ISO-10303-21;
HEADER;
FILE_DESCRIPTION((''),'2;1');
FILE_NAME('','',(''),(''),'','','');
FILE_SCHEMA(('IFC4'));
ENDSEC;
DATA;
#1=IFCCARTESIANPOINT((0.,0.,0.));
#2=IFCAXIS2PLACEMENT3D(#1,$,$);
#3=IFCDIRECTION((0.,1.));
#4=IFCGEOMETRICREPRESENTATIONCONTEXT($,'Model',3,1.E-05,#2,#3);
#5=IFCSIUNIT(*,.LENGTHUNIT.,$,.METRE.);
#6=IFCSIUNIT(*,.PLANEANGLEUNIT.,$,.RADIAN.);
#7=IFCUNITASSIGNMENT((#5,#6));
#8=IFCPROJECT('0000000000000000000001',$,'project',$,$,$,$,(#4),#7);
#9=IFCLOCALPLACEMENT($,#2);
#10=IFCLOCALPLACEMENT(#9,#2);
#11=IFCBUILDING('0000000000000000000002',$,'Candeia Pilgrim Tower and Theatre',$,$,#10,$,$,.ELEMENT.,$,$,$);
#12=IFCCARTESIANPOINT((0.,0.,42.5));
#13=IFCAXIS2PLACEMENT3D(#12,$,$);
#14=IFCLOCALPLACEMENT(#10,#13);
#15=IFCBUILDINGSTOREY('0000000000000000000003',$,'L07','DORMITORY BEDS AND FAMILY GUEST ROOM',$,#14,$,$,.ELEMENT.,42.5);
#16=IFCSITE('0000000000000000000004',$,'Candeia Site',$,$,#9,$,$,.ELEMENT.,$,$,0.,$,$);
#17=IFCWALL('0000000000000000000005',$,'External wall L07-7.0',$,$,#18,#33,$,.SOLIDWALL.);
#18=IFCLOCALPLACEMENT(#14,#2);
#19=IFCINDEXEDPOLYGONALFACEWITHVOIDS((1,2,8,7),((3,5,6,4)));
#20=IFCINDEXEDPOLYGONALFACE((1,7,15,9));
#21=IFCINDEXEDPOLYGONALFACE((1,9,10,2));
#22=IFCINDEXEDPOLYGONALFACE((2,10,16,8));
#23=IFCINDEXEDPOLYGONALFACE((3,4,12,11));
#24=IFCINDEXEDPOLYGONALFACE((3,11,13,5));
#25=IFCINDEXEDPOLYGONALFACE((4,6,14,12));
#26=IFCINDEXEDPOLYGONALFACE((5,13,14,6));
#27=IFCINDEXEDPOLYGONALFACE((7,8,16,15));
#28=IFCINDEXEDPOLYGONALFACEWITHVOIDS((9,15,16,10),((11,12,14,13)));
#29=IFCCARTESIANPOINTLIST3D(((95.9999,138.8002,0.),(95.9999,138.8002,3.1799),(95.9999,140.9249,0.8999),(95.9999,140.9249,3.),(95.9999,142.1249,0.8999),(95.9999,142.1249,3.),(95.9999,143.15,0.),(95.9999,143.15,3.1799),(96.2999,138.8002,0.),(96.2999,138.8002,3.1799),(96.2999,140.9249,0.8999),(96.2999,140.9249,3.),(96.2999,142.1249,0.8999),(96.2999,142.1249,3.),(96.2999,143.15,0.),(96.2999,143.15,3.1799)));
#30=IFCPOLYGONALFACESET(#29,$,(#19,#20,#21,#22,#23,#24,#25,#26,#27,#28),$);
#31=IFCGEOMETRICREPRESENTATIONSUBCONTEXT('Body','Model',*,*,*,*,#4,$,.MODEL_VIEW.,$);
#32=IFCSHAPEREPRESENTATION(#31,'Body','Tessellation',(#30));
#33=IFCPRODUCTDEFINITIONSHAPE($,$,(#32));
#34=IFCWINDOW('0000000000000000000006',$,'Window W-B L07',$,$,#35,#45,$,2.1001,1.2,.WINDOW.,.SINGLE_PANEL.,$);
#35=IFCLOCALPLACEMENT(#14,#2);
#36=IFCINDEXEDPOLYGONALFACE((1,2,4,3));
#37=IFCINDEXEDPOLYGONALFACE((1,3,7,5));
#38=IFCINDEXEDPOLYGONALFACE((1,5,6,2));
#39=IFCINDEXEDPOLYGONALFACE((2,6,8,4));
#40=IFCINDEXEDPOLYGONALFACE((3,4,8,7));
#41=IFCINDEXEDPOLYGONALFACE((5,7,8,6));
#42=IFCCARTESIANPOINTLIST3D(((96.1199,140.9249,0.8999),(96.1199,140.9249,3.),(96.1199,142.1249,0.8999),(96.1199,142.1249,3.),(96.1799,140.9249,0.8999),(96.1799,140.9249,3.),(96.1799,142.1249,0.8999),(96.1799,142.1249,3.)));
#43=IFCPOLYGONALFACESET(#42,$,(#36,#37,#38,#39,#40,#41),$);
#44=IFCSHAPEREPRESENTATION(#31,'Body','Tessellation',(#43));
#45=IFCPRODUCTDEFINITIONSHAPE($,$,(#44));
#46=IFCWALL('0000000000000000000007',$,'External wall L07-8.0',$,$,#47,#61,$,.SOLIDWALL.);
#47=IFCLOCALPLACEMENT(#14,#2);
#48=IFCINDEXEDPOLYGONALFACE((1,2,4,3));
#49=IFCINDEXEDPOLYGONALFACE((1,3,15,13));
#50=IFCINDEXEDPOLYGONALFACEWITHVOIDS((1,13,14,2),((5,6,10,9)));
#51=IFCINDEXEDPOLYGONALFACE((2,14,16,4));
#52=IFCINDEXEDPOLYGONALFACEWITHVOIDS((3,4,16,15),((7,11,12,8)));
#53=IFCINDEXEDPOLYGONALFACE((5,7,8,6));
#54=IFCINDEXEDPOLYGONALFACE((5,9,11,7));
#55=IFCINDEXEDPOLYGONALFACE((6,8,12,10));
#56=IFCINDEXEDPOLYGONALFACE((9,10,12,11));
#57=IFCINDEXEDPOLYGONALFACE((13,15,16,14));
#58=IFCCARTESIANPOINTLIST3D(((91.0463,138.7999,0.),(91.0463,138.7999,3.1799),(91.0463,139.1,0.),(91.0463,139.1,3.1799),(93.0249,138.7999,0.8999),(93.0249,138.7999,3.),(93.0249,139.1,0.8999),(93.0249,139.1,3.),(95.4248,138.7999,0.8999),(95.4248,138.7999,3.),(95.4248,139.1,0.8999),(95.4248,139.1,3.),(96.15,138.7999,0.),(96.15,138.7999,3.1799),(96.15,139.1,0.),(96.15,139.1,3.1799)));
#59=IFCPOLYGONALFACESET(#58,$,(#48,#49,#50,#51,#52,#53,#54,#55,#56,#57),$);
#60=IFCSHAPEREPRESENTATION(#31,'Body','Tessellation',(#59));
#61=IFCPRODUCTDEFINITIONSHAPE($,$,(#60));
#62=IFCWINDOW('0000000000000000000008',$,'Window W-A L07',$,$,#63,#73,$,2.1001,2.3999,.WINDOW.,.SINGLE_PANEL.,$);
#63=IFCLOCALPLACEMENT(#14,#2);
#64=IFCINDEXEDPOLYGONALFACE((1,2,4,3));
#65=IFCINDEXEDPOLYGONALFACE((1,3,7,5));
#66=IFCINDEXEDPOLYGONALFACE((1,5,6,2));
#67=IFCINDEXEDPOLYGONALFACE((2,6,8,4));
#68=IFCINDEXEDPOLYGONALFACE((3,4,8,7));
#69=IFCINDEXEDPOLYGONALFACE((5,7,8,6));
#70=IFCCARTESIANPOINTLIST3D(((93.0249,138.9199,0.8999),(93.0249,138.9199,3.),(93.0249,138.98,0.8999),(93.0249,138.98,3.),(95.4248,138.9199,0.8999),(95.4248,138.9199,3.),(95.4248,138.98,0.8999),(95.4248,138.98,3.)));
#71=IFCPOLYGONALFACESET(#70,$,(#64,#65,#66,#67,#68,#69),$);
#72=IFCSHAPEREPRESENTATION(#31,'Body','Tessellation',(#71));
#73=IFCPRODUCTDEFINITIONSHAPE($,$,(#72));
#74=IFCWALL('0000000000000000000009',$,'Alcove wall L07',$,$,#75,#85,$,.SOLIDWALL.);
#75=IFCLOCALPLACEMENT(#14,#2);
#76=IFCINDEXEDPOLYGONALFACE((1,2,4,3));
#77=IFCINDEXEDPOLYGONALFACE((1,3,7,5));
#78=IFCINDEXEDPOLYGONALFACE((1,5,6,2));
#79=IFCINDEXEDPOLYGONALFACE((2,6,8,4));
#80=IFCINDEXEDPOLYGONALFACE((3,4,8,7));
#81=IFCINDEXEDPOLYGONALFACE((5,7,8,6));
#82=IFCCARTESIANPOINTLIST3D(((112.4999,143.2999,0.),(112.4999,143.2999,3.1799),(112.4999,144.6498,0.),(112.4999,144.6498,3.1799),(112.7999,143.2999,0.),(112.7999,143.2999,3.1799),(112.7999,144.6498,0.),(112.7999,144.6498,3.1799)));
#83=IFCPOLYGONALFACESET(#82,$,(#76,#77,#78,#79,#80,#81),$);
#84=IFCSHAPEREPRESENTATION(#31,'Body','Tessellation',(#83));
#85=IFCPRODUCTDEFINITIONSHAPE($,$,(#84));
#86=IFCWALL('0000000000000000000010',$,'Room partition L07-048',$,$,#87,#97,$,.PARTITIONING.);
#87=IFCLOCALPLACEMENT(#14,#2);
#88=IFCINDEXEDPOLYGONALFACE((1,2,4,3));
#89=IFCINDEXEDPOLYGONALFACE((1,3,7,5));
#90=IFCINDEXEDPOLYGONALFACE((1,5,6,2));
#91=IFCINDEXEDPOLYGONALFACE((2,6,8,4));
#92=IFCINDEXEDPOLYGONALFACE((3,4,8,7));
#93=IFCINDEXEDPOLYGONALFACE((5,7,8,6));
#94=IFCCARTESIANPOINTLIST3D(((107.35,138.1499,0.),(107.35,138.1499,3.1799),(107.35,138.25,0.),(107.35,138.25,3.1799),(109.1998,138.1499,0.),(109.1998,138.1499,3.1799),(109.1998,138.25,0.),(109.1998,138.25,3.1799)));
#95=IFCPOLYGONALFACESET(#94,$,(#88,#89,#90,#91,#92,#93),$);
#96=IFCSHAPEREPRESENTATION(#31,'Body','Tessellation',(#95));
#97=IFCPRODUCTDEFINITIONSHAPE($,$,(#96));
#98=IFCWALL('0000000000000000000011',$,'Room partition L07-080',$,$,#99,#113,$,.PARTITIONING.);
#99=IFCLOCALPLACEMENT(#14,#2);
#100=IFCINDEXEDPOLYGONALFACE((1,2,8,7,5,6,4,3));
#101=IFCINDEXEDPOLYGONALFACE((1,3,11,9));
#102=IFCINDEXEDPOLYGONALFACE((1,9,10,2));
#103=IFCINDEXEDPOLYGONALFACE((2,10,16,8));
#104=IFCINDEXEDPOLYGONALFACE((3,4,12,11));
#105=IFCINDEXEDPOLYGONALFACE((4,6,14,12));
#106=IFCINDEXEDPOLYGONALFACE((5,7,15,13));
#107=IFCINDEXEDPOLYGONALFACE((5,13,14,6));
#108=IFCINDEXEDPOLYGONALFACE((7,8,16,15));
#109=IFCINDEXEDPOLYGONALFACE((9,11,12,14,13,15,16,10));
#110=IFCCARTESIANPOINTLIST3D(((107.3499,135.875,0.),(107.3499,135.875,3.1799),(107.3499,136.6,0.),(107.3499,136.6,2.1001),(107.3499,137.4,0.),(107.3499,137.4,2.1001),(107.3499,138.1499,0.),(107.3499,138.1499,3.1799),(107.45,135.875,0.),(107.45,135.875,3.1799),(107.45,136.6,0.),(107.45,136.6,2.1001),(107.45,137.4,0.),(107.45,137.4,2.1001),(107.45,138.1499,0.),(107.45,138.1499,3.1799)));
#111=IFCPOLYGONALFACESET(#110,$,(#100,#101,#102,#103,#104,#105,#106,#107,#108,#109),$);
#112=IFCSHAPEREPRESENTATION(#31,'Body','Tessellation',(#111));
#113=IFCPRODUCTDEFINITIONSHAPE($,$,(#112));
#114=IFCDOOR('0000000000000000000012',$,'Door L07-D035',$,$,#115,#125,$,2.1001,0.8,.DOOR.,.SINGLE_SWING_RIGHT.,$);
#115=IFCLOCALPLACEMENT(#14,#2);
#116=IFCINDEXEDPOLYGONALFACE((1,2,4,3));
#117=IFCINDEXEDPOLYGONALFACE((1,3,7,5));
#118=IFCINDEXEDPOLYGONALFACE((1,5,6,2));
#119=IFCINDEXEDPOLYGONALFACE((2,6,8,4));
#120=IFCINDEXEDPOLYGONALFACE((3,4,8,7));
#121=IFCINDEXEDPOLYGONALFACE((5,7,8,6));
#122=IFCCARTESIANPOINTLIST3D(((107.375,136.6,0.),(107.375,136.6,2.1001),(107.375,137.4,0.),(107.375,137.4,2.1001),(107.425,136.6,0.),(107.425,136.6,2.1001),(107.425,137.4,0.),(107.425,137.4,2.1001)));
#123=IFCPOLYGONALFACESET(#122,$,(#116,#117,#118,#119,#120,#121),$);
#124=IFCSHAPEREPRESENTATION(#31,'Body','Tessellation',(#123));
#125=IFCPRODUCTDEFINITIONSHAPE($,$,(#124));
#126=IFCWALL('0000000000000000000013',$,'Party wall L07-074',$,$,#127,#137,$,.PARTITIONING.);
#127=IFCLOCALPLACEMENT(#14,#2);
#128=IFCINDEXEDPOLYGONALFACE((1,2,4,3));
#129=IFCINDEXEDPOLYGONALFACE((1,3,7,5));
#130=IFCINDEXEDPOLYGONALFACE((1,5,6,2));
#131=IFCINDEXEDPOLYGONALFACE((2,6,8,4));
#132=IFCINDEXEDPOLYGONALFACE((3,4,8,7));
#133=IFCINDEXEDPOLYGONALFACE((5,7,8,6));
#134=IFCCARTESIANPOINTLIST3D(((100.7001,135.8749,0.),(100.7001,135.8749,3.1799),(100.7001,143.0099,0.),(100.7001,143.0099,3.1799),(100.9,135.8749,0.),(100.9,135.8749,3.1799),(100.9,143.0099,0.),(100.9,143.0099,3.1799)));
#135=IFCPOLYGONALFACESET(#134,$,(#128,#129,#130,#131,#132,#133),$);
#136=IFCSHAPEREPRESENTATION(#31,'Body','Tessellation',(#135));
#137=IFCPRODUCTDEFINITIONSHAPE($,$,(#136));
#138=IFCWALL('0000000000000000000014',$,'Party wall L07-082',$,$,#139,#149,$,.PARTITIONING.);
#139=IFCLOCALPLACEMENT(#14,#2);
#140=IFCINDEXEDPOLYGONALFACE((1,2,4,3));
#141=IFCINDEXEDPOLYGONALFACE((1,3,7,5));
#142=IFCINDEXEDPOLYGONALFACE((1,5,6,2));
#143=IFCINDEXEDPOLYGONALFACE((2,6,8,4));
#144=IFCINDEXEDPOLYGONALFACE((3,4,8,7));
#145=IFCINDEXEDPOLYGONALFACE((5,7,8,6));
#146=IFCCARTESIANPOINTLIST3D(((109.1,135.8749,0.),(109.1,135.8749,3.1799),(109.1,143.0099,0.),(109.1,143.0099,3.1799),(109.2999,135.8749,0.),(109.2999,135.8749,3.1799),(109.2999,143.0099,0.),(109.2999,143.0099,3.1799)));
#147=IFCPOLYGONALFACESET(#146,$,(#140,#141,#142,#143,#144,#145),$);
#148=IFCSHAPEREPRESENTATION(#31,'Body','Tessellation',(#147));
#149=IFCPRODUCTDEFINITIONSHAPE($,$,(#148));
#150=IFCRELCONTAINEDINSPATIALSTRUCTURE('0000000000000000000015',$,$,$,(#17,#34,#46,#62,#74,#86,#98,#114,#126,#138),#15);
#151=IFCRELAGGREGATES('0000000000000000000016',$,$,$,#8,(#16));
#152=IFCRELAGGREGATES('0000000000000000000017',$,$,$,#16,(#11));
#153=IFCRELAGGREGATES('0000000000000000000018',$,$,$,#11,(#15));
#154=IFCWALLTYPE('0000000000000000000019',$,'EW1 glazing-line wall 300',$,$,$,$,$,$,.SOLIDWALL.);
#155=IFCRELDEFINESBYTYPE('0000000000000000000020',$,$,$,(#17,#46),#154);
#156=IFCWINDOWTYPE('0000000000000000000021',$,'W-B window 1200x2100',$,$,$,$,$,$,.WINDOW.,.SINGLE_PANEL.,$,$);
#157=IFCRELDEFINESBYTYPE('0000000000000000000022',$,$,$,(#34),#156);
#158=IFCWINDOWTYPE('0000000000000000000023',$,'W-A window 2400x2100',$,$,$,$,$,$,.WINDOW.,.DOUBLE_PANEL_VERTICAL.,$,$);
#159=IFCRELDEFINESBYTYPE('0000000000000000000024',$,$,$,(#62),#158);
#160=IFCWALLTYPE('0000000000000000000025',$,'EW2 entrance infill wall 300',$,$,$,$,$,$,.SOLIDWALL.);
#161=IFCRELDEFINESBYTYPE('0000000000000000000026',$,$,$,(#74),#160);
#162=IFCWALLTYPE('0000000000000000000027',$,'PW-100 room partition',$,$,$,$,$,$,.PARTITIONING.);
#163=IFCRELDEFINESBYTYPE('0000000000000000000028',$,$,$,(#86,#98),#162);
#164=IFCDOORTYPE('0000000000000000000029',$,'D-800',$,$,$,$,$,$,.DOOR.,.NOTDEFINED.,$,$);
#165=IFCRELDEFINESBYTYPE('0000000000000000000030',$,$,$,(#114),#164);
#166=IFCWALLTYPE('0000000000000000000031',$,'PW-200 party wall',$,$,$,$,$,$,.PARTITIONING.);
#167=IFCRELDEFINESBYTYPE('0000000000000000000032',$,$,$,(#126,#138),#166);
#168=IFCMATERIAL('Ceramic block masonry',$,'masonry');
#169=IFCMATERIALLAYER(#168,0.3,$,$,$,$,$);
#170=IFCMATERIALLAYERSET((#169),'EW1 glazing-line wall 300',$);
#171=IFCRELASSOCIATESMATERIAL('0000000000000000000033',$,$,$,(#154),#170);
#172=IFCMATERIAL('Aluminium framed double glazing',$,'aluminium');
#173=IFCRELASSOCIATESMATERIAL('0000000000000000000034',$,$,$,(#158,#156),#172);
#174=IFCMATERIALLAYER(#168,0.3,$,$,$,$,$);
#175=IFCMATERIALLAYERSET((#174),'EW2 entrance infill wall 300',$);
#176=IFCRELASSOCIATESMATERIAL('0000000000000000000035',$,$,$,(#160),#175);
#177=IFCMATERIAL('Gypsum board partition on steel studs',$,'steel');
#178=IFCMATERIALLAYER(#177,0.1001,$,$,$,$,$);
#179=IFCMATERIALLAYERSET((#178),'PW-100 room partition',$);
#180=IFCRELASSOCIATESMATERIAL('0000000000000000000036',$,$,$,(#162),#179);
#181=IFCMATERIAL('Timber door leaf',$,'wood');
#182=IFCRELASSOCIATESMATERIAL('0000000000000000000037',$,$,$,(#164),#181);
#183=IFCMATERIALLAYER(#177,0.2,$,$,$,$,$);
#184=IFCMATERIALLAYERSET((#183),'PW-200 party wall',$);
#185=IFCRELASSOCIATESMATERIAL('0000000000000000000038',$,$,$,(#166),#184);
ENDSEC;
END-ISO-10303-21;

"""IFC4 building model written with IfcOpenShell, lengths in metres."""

from ifc_helpers import new_model, si_unit, direction, frame, frame_2d, origin, place, context, subcontext, project, spatial, rectangle, extrude, material, layer, layer_set, type_object, element, fill, save


model = new_model("IFC4")

# Units and contexts
model_context = context("Model", 3, precision=1e-05, world=origin(), true_north=direction((0.0, 1.0)))
body_context = subcontext(model_context, "Body", "Model", "MODEL_VIEW")
ifc_project = project(units=[si_unit("LENGTHUNIT", "METRE"), si_unit("PLANEANGLEUNIT", "RADIAN")], contexts=[model_context])

# Site, building, storey
site_placement = place(None, origin())
site = spatial("IfcSite", under=ifc_project, at=site_placement, Name="Candeia Site", CompositionType="ELEMENT", RefElevation=0.0)
building_placement = place(site_placement, origin())
building = spatial("IfcBuilding", under=site, at=building_placement, Name="Candeia Pilgrim Tower and Theatre", CompositionType="ELEMENT")
storey_placement = place(building_placement, frame((0.0, 0.0, 42.5)))
storey = spatial("IfcBuildingStorey", under=building, at=storey_placement, Name="L07", Description="DORMITORY BEDS AND FAMILY GUEST ROOM", CompositionType="ELEMENT", Elevation=42.5)

# Shared definitions
ifc_material_1 = material(Name="Ceramic block masonry", Category="masonry")
ifc_layer_1 = layer(ifc_material_1, 0.3)
ifc_layer_set_1 = layer_set([ifc_layer_1], Name="EW1 glazing-line wall 300")
wall_type_1 = type_object("IfcWallType", Name="EW1 glazing-line wall 300", PredefinedType="SOLIDWALL", material=ifc_layer_set_1)
ifc_material_2 = material(Name="Aluminium framed double glazing", Category="aluminium")
window_type_1 = type_object("IfcWindowType", Name="W-A window 2400x2100", PartitioningType="DOUBLE_PANEL_VERTICAL", PredefinedType="WINDOW", material=ifc_material_2)
window_type_2 = type_object("IfcWindowType", Name="W-B window 1200x2100", PartitioningType="SINGLE_PANEL", PredefinedType="WINDOW", material=ifc_material_2)

# Walls, openings, windows
wall_1_placement = place(storey_placement, frame((96.1499, 143.1499, 0.0), z_axis=(0.0, 0.0, 1.0), x_axis=(0.0, -1.0, 0.0)))
wall_1 = element("IfcWall", 1, at=wall_1_placement, inside=storey, type_object=wall_type_1, Name="External wall L07-7.0", PredefinedType="SOLIDWALL", context=body_context, shape_type="SweptSolid", body=[
    extrude(rectangle(XDim=4.3499, YDim=0.3, at=frame_2d((2.1748, 0.0))), origin(), (0.0, 0.0, 1.0), 3.1799),
])
opening_1_placement = place(wall_1_placement, frame((1.0249, 0.0, 0.8999)))
opening_1 = element("IfcOpeningElement", 2, at=opening_1_placement, cuts=wall_1, PredefinedType="OPENING", context=body_context, shape_type="SweptSolid", body=[
    extrude(rectangle(XDim=1.2, YDim=2.1001, at=frame_2d((0.6001, 1.05))), frame((0.0, 0.1602, 0.0), z_axis=(0.0, -1.0, 0.0), x_axis=(1.0, 0.0, 0.0)), (0.0, 0.0, 1.0), 0.3201),
])
window_1_placement = place(opening_1_placement, origin())
window_1 = element("IfcWindow", 3, at=window_1_placement, inside=storey, type_object=window_type_2, Name="Window W-B L07", OverallHeight=2.1001, OverallWidth=1.2, PartitioningType="SINGLE_PANEL", PredefinedType="WINDOW", context=body_context, shape_type="SweptSolid", body=[
    extrude(rectangle(XDim=1.2, YDim=2.1001, at=frame_2d((0.6001, 1.05))), frame((0.0, 0.03, 0.0), z_axis=(0.0, -1.0, 0.0), x_axis=(1.0, 0.0, 0.0)), (0.0, 0.0, 1.0), 0.0601),
])
fill(opening_1, window_1)
wall_2_placement = place(storey_placement, frame((96.1499, 138.95, 0.0), z_axis=(0.0, 0.0, 1.0), x_axis=(-1.0, 0.0, 0.0)))
wall_2 = element("IfcWall", 4, at=wall_2_placement, inside=storey, type_object=wall_type_1, Name="External wall L07-8.0", PredefinedType="SOLIDWALL", context=body_context, shape_type="SweptSolid", body=[
    extrude(rectangle(XDim=5.1038, YDim=0.3, at=frame_2d((2.5518, 0.0))), origin(), (0.0, 0.0, 1.0), 3.1799),
])
opening_2_placement = place(wall_2_placement, frame((0.7251, 0.0, 0.8999)))
opening_2 = element("IfcOpeningElement", 5, at=opening_2_placement, cuts=wall_2, PredefinedType="OPENING", context=body_context, shape_type="SweptSolid", body=[
    extrude(rectangle(XDim=2.3999, YDim=2.1001, at=frame_2d((1.2, 1.05))), frame((0.0, 0.1602, 0.0), z_axis=(0.0, -1.0, 0.0), x_axis=(1.0, 0.0, 0.0)), (0.0, 0.0, 1.0), 0.3201),
])
window_2_placement = place(opening_2_placement, origin())
window_2 = element("IfcWindow", 6, at=window_2_placement, inside=storey, type_object=window_type_1, Name="Window W-A L07", OverallHeight=2.1001, OverallWidth=2.3999, PartitioningType="SINGLE_PANEL", PredefinedType="WINDOW", context=body_context, shape_type="SweptSolid", body=[
    extrude(rectangle(XDim=2.3999, YDim=2.1001, at=frame_2d((1.2, 1.05))), frame((0.0, 0.03, 0.0), z_axis=(0.0, -1.0, 0.0), x_axis=(1.0, 0.0, 0.0)), (0.0, 0.0, 1.0), 0.0601),
])
fill(opening_2, window_2)

# Walls
ifc_layer_2 = layer(ifc_material_1, 0.3)
ifc_layer_set_2 = layer_set([ifc_layer_2], Name="EW2 entrance infill wall 300")
wall_type_2 = type_object("IfcWallType", Name="EW2 entrance infill wall 300", PredefinedType="SOLIDWALL", material=ifc_layer_set_2)
wall_3_placement = place(storey_placement, frame((112.6499, 143.3, 0.0), z_axis=(0.0, 0.0, 1.0), x_axis=(0.0, 1.0, 0.0)))
element("IfcWall", 7, at=wall_3_placement, inside=storey, type_object=wall_type_2, Name="Alcove wall L07", PredefinedType="SOLIDWALL", context=body_context, shape_type="SweptSolid", body=[
    extrude(rectangle(XDim=1.3499, YDim=0.3, at=frame_2d((0.6748, 0.0))), origin(), (0.0, 0.0, 1.0), 3.1799),
])
ifc_material_3 = material(Name="Gypsum board partition on steel studs", Category="steel")
ifc_layer_3 = layer(ifc_material_3, 0.1001)
ifc_layer_set_3 = layer_set([ifc_layer_3], Name="PW-100 room partition")
wall_type_3 = type_object("IfcWallType", Name="PW-100 room partition", PredefinedType="PARTITIONING", material=ifc_layer_set_3)
wall_4_placement = place(storey_placement, frame((107.3501, 138.2, 0.0), z_axis=(0.0, 0.0, 1.0), x_axis=(1.0, 0.0, 0.0)))
element("IfcWall", 8, at=wall_4_placement, inside=storey, type_object=wall_type_3, Name="Room partition L07-048", PredefinedType="PARTITIONING", context=body_context, shape_type="SweptSolid", body=[
    extrude(rectangle(XDim=1.8499, YDim=0.1001, at=frame_2d((0.9248, 0.0))), origin(), (0.0, 0.0, 1.0), 3.1799),
])

# Wall, opening, door
wall_5_placement = place(storey_placement, frame((107.3999, 135.875, 0.0), z_axis=(0.0, 0.0, 1.0), x_axis=(0.0, 1.0, 0.0)))
wall_5 = element("IfcWall", 9, at=wall_5_placement, inside=storey, type_object=wall_type_3, Name="Room partition L07-080", PredefinedType="PARTITIONING", context=body_context, shape_type="SweptSolid", body=[
    extrude(rectangle(XDim=2.2749, YDim=0.1001, at=frame_2d((1.1375, 0.0))), origin(), (0.0, 0.0, 1.0), 3.1799),
])
opening_3_placement = place(wall_5_placement, frame((0.7251, 0.0, 0.0)))
opening_3 = element("IfcOpeningElement", 10, at=opening_3_placement, cuts=wall_5, PredefinedType="OPENING", context=body_context, shape_type="SweptSolid", body=[
    extrude(rectangle(XDim=0.8, YDim=2.1001, at=frame_2d((0.3999, 1.05))), frame((0.0, 0.0601, 0.0), z_axis=(0.0, -1.0, 0.0), x_axis=(1.0, 0.0, 0.0)), (0.0, 0.0, 1.0), 0.1201),
])
ifc_material_4 = material(Name="Timber door leaf", Category="wood")
door_type_1 = type_object("IfcDoorType", Name="D-800", OperationType="NOTDEFINED", PredefinedType="DOOR", material=ifc_material_4)
door_1_placement = place(opening_3_placement, origin())
door_1 = element("IfcDoor", 11, at=door_1_placement, inside=storey, type_object=door_type_1, Name="Door L07-D035", OperationType="SINGLE_SWING_RIGHT", OverallHeight=2.1001, OverallWidth=0.8, PredefinedType="DOOR", context=body_context, shape_type="SweptSolid", body=[
    extrude(rectangle(XDim=0.8, YDim=2.1001, at=frame_2d((0.3999, 1.05))), frame((0.0, 0.0249, 0.0), z_axis=(0.0, -1.0, 0.0), x_axis=(1.0, 0.0, 0.0)), (0.0, 0.0, 1.0), 0.05),
])
fill(opening_3, door_1)

# Walls
ifc_layer_4 = layer(ifc_material_3, 0.2)
ifc_layer_set_4 = layer_set([ifc_layer_4], Name="PW-200 party wall")
wall_type_4 = type_object("IfcWallType", Name="PW-200 party wall", PredefinedType="PARTITIONING", material=ifc_layer_set_4)
for number, where, z_axis, x_axis, name in (
    (12, (100.8, 135.875, 0.0), (0.0, 0.0, 1.0), (0.0, 1.0, 0.0), "Party wall L07-074"),
    (13, (109.2, 135.875, 0.0), (0.0, 0.0, 1.0), (0.0, 1.0, 0.0), "Party wall L07-082"),
):
    element("IfcWall", number, at=place(storey_placement, frame(where, z_axis=z_axis, x_axis=x_axis)), inside=storey, type_object=wall_type_4, Name=name, PredefinedType="PARTITIONING", context=body_context, shape_type="SweptSolid", body=[
        extrude(rectangle(XDim=7.135, YDim=0.2, at=frame_2d((3.5674, 0.0))), origin(), (0.0, 0.0, 1.0), 3.1799),
    ])

save(model, "model.ifc")
